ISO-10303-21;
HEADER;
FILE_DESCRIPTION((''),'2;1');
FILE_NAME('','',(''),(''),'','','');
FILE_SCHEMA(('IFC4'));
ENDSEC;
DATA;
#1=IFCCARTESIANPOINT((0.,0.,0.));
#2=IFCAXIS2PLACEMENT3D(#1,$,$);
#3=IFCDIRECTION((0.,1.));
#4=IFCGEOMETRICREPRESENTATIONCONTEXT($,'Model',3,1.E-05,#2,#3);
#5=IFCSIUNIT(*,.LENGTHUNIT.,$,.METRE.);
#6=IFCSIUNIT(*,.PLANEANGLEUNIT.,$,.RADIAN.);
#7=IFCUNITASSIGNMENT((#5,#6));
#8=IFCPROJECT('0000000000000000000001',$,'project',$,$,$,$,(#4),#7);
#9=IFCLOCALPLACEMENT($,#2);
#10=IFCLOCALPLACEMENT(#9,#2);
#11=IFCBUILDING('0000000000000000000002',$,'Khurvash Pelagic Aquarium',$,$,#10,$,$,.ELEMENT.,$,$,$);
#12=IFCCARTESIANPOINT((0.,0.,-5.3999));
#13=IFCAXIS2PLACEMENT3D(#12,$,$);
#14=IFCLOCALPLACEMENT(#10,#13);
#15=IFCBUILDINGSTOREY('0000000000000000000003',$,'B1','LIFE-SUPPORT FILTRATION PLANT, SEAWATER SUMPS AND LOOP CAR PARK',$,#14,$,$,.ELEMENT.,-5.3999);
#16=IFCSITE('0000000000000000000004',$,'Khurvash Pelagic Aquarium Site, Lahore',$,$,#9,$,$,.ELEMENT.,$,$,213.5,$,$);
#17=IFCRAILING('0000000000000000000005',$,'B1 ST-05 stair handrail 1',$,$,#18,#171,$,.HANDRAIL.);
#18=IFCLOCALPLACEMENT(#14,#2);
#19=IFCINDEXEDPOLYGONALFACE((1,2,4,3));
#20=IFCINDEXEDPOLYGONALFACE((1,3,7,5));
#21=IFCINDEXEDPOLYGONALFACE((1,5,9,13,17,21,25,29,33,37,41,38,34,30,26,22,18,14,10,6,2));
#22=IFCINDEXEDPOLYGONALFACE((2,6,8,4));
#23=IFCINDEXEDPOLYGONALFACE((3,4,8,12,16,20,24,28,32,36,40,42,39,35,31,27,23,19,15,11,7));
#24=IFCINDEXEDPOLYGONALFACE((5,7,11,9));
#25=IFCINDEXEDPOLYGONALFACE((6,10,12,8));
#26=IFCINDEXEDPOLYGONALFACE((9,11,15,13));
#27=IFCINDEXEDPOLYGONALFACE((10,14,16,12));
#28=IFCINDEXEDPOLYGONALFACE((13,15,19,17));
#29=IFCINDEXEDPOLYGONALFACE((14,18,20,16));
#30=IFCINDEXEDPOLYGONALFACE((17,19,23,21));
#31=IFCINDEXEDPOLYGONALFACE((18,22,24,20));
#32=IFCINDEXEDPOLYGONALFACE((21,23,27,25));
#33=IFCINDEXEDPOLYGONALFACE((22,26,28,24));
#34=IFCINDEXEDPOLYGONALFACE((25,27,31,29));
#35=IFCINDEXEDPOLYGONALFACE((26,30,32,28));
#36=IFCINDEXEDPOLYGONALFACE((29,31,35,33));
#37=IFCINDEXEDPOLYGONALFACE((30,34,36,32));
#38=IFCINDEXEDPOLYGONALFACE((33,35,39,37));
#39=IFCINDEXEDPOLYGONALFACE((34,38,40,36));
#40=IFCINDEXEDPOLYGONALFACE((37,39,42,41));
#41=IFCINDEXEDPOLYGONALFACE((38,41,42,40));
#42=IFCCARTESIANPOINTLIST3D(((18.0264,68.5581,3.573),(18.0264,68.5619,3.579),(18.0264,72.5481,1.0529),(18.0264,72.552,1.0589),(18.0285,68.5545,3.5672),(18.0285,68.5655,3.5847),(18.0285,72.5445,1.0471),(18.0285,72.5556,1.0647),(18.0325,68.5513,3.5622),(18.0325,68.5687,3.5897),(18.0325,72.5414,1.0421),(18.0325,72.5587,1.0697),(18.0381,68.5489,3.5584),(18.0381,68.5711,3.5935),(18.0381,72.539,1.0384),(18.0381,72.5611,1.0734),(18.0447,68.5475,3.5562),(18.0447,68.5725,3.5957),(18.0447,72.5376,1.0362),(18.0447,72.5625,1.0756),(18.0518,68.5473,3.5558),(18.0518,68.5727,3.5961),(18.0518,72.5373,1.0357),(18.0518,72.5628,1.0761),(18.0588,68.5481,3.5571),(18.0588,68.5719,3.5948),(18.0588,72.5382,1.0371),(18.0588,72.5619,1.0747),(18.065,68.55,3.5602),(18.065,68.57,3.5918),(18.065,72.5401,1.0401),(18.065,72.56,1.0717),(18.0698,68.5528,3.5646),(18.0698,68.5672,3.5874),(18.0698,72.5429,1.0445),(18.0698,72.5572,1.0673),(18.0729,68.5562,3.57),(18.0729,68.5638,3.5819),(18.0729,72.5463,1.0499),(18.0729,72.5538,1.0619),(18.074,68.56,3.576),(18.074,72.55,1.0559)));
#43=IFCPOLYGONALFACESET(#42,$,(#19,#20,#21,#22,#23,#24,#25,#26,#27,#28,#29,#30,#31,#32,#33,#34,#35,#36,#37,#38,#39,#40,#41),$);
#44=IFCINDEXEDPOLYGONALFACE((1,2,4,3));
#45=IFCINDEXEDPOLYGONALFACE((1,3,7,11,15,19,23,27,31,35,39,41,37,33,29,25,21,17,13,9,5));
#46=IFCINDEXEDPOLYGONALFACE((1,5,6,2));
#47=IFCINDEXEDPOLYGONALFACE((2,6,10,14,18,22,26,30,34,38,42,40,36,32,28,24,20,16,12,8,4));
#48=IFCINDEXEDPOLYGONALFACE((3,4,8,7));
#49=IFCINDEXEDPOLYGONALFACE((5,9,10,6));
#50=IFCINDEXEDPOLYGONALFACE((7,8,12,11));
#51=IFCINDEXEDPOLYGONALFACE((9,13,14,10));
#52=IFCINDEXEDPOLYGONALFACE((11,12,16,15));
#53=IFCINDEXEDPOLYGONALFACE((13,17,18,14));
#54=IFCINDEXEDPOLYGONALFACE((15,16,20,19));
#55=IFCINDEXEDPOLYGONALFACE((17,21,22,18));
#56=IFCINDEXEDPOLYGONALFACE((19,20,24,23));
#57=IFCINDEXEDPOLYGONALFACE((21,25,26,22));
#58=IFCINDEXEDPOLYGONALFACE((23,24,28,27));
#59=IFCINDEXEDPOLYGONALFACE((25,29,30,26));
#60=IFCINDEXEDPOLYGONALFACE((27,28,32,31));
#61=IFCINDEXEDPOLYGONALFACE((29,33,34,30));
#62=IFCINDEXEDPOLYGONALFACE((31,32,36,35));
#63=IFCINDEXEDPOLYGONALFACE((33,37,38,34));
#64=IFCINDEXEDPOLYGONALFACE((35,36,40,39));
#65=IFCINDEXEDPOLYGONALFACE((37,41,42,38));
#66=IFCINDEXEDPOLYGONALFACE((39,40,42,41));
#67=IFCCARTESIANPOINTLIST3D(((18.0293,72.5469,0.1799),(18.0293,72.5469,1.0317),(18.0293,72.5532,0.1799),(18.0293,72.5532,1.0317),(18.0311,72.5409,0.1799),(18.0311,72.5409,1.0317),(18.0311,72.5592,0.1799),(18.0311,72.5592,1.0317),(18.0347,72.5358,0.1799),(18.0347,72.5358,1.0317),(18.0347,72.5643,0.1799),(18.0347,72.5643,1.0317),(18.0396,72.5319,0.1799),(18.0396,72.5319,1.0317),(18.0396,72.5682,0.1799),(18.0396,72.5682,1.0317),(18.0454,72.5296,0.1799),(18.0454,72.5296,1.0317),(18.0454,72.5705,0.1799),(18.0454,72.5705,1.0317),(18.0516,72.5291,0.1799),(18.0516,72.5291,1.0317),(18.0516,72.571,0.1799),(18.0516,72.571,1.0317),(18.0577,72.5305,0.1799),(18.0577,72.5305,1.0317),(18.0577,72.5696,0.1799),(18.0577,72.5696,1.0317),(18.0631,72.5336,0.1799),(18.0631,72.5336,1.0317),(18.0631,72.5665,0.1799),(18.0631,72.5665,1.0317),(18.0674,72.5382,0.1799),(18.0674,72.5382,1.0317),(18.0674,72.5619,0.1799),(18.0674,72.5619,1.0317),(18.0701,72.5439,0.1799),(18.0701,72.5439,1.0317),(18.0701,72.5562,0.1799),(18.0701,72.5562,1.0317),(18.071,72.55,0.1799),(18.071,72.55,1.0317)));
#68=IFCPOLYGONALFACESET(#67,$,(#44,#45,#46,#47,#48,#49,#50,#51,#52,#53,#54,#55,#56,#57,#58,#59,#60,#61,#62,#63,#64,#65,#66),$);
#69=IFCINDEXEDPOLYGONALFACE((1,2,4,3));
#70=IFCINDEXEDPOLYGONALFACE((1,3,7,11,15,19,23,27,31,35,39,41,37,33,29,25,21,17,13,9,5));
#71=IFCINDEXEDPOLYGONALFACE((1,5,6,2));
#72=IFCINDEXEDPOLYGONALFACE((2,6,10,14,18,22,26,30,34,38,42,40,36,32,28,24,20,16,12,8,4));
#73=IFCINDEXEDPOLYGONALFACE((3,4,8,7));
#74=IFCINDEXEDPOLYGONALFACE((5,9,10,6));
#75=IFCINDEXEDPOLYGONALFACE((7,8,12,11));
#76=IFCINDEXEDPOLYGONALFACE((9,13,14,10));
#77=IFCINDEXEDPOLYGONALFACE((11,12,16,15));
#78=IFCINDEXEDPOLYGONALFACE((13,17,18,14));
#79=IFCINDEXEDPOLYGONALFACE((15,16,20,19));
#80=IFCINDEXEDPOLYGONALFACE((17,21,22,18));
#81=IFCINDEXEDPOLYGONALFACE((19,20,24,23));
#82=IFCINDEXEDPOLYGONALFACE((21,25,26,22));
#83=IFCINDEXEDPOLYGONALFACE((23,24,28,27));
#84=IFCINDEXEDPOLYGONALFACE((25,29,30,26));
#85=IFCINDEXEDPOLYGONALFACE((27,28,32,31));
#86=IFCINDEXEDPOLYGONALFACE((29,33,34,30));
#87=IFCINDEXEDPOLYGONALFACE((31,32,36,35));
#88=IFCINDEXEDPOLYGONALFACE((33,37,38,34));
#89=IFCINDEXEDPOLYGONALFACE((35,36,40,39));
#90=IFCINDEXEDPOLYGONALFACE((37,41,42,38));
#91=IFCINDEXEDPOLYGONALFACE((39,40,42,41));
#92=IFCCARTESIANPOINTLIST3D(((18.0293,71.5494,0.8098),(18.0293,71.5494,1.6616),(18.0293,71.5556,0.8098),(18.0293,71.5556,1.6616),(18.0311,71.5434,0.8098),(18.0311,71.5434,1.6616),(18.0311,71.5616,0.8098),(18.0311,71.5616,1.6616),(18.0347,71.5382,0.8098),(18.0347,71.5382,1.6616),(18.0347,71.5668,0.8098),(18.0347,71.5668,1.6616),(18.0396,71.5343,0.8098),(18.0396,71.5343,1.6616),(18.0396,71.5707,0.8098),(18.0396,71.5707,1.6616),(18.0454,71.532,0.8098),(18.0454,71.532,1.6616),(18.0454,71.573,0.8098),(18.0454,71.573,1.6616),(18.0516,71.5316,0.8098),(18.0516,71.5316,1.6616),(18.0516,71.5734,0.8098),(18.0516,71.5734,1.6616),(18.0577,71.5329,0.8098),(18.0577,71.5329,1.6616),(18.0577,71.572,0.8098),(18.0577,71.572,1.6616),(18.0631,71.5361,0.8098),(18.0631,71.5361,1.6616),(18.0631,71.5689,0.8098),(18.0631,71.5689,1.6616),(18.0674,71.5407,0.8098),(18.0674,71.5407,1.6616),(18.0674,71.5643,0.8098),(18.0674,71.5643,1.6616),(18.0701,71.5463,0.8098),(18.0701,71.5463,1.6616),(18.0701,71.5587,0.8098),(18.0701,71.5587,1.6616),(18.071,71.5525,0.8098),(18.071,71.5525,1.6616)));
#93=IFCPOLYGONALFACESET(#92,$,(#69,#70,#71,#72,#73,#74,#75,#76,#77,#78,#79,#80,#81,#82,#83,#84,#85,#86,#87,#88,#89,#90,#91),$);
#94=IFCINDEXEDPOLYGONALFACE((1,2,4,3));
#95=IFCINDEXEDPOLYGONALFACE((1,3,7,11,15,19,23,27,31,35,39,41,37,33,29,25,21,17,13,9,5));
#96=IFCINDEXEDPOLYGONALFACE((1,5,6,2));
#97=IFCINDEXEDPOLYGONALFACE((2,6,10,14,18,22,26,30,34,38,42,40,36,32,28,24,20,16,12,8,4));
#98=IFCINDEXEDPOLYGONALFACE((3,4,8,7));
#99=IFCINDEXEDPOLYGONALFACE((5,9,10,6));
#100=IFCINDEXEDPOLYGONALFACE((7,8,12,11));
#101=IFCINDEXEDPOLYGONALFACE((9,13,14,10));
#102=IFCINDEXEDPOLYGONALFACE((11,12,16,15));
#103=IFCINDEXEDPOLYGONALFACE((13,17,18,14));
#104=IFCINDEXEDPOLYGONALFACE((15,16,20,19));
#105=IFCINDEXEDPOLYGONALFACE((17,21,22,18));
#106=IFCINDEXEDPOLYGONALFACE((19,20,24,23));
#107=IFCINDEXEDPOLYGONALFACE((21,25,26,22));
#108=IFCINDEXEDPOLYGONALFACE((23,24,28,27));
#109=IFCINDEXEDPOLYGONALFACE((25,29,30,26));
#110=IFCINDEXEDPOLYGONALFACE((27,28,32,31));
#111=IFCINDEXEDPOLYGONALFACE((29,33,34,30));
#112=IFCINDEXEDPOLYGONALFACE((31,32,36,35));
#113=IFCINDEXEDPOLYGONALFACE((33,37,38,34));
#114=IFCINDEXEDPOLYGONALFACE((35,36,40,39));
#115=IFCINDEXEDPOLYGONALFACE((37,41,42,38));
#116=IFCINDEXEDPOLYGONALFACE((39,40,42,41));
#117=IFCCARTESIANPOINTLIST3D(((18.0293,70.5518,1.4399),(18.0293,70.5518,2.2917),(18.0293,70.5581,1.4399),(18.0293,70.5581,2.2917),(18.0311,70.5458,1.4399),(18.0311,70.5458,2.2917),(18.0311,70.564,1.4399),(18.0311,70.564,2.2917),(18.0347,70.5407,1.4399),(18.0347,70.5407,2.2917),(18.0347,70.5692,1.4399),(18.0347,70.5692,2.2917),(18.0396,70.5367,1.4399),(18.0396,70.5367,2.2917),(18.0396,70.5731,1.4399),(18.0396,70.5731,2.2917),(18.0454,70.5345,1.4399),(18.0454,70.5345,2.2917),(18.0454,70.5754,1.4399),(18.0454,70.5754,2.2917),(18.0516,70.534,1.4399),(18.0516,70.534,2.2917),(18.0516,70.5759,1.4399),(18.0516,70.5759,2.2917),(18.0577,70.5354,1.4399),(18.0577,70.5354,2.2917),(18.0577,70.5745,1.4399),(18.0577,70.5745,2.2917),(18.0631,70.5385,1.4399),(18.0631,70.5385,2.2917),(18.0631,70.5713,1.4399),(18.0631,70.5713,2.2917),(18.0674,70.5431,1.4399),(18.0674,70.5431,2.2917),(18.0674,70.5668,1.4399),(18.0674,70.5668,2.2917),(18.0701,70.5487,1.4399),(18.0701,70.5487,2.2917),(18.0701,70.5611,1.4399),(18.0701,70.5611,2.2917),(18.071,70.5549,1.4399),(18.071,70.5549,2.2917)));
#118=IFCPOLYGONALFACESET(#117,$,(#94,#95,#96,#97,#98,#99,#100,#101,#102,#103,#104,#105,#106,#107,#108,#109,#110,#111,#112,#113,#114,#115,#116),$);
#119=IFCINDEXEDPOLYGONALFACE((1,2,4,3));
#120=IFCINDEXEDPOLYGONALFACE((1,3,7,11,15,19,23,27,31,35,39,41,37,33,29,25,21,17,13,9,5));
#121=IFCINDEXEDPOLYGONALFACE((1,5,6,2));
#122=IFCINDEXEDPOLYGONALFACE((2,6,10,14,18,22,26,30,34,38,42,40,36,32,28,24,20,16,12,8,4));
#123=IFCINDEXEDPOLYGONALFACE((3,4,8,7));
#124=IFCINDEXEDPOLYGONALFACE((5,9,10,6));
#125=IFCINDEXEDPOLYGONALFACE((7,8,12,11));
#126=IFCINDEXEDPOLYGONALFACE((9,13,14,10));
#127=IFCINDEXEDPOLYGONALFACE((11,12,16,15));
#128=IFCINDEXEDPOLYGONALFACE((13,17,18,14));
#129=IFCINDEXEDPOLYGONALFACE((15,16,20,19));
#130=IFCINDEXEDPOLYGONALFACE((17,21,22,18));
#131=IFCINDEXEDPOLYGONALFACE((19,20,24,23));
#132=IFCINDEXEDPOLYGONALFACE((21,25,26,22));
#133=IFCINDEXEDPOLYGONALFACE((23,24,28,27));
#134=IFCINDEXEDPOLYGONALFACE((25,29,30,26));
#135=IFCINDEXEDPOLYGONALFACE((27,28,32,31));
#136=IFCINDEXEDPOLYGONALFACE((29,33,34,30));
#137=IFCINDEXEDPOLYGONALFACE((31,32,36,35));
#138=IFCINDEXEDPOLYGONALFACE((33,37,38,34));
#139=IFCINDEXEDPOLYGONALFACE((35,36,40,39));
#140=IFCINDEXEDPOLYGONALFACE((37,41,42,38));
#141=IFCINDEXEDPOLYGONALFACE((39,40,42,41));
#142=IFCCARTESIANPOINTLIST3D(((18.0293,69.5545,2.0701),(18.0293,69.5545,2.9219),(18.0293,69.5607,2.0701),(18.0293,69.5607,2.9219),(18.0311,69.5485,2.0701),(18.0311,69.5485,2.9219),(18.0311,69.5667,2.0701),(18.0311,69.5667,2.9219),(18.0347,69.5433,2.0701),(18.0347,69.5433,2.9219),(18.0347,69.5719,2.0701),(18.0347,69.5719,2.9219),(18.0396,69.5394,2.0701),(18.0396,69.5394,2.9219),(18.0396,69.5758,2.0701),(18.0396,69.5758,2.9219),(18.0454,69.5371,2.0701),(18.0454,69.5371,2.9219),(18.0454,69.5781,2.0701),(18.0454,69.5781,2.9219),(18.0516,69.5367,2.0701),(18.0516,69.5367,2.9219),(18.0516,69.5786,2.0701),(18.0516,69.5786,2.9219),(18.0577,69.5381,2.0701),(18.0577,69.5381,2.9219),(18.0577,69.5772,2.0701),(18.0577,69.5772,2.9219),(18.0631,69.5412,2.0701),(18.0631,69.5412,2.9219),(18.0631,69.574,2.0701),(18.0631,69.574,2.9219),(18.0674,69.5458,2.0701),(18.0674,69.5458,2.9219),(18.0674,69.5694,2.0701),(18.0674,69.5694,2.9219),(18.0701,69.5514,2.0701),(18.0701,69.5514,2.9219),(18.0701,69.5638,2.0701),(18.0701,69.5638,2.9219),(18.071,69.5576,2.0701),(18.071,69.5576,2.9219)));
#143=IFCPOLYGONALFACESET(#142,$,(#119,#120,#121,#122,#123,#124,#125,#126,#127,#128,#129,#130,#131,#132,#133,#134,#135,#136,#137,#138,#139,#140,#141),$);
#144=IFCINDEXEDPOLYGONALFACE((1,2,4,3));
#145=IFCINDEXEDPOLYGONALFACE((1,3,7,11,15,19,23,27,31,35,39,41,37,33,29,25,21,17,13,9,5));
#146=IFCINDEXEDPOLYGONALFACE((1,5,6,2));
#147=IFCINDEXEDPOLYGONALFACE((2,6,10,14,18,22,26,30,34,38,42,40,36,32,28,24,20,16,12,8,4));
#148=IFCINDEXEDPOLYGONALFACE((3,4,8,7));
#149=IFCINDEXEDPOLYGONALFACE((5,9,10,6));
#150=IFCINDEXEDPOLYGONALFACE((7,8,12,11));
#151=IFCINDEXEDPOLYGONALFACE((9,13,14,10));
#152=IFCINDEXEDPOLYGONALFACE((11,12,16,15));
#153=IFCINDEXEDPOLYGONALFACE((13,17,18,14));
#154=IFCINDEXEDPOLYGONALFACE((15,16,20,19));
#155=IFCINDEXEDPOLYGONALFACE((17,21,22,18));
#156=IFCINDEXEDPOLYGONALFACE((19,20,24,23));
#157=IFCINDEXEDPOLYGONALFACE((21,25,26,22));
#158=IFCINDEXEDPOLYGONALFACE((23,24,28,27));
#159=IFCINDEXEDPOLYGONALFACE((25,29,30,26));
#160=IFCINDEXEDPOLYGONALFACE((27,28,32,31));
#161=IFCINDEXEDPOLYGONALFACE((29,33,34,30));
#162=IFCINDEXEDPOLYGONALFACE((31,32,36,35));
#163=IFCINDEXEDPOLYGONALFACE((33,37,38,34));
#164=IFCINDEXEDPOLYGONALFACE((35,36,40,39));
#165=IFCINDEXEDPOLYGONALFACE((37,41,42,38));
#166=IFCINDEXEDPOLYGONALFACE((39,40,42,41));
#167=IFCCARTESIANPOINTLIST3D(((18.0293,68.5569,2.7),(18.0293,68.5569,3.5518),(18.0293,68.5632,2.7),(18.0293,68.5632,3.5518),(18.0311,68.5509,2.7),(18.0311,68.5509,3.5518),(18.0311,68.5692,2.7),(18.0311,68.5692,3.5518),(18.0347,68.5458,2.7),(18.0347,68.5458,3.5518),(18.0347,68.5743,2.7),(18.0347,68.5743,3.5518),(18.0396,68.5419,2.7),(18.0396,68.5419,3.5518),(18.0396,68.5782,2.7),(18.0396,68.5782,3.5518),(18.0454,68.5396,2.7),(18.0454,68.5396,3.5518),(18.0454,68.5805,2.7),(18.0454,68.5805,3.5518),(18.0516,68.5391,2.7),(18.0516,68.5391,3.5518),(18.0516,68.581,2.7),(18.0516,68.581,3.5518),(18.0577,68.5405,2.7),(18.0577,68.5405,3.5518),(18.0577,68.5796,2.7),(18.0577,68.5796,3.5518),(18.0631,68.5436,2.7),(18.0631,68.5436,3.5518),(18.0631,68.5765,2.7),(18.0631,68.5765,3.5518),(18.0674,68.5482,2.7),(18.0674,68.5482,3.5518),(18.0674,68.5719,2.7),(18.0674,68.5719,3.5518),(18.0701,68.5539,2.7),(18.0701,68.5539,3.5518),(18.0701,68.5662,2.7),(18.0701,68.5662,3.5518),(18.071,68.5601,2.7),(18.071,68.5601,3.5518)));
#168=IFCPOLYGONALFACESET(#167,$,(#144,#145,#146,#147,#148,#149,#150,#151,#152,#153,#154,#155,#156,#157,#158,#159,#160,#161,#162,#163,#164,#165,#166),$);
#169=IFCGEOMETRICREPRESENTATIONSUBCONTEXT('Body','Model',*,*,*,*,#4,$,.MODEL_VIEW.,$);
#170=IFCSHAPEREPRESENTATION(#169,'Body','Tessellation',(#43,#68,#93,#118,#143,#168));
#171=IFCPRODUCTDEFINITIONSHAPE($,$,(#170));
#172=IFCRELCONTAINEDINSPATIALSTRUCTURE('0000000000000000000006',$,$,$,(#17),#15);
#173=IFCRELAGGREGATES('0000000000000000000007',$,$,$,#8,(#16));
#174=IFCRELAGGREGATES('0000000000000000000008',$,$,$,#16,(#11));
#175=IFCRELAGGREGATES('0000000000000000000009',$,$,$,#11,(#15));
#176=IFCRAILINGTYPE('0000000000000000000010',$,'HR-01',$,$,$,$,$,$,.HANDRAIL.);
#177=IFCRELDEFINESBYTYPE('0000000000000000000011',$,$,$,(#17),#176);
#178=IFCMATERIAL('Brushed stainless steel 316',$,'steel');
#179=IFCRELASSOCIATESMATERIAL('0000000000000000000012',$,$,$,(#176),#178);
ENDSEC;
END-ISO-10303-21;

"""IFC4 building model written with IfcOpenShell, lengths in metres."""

from ifc_helpers import new_model, si_unit, direction, frame, origin, origin_2d, place, context, subcontext, project, spatial, circle, extrude, material, type_object, element, save


model = new_model("IFC4")

# Units and contexts
model_context = context("Model", 3, precision=1e-05, world=origin(), true_north=direction((0.0, 1.0)))
body_context = subcontext(model_context, "Body", "Model", "MODEL_VIEW")
ifc_project = project(units=[si_unit("LENGTHUNIT", "METRE"), si_unit("PLANEANGLEUNIT", "RADIAN")], contexts=[model_context])

# Site, building, storey
site_placement = place(None, origin())
site = spatial("IfcSite", under=ifc_project, at=site_placement, Name="Khurvash Pelagic Aquarium Site, Lahore", CompositionType="ELEMENT", RefElevation=213.5)
building_placement = place(site_placement, origin())
building = spatial("IfcBuilding", under=site, at=building_placement, Name="Khurvash Pelagic Aquarium", CompositionType="ELEMENT")
storey_placement = place(building_placement, frame((0.0, 0.0, -5.3999)))
storey = spatial("IfcBuildingStorey", under=building, at=storey_placement, Name="B1", Description="LIFE-SUPPORT FILTRATION PLANT, SEAWATER SUMPS AND LOOP CAR PARK", CompositionType="ELEMENT", Elevation=-5.3999)

# Railing
ifc_material_1 = material(Name="Brushed stainless steel 316", Category="steel")
railing_type_1 = type_object("IfcRailingType", Name="HR-01", PredefinedType="HANDRAIL", material=ifc_material_1)
railing_1_placement = place(storey_placement, frame((18.05, 72.55, 0.1799)))
element("IfcRailing", 1, at=railing_1_placement, inside=storey, type_object=railing_type_1, Name="B1 ST-05 stair handrail 1", PredefinedType="HANDRAIL", context=body_context, shape_type="SweptSolid", body=[
    extrude(circle(Radius=0.0239, at=origin_2d()), frame((0.0, 0.0, 0.876), z_axis=(0.0, -0.845486, 0.533997), x_axis=(1.0, 0.0, 0.0)), (0.0, 0.0, 1.0), 4.7192),
    extrude(circle(Radius=0.021, at=origin_2d()), origin(), (0.0, 0.0, 1.0), 0.8518),
    extrude(circle(Radius=0.021, at=origin_2d()), frame((0.0, -0.9976, 0.6299)), (0.0, 0.0, 1.0), 0.8518),
    extrude(circle(Radius=0.021, at=origin_2d()), frame((0.0, -1.9951, 1.26)), (0.0, 0.0, 1.0), 0.8518),
    extrude(circle(Radius=0.021, at=origin_2d()), frame((0.0, -2.9924, 1.8901)), (0.0, 0.0, 1.0), 0.8518),
    extrude(circle(Radius=0.021, at=origin_2d()), frame((0.0, -3.99, 2.52)), (0.0, 0.0, 1.0), 0.8518),
])

save(model, "model.ifc")
